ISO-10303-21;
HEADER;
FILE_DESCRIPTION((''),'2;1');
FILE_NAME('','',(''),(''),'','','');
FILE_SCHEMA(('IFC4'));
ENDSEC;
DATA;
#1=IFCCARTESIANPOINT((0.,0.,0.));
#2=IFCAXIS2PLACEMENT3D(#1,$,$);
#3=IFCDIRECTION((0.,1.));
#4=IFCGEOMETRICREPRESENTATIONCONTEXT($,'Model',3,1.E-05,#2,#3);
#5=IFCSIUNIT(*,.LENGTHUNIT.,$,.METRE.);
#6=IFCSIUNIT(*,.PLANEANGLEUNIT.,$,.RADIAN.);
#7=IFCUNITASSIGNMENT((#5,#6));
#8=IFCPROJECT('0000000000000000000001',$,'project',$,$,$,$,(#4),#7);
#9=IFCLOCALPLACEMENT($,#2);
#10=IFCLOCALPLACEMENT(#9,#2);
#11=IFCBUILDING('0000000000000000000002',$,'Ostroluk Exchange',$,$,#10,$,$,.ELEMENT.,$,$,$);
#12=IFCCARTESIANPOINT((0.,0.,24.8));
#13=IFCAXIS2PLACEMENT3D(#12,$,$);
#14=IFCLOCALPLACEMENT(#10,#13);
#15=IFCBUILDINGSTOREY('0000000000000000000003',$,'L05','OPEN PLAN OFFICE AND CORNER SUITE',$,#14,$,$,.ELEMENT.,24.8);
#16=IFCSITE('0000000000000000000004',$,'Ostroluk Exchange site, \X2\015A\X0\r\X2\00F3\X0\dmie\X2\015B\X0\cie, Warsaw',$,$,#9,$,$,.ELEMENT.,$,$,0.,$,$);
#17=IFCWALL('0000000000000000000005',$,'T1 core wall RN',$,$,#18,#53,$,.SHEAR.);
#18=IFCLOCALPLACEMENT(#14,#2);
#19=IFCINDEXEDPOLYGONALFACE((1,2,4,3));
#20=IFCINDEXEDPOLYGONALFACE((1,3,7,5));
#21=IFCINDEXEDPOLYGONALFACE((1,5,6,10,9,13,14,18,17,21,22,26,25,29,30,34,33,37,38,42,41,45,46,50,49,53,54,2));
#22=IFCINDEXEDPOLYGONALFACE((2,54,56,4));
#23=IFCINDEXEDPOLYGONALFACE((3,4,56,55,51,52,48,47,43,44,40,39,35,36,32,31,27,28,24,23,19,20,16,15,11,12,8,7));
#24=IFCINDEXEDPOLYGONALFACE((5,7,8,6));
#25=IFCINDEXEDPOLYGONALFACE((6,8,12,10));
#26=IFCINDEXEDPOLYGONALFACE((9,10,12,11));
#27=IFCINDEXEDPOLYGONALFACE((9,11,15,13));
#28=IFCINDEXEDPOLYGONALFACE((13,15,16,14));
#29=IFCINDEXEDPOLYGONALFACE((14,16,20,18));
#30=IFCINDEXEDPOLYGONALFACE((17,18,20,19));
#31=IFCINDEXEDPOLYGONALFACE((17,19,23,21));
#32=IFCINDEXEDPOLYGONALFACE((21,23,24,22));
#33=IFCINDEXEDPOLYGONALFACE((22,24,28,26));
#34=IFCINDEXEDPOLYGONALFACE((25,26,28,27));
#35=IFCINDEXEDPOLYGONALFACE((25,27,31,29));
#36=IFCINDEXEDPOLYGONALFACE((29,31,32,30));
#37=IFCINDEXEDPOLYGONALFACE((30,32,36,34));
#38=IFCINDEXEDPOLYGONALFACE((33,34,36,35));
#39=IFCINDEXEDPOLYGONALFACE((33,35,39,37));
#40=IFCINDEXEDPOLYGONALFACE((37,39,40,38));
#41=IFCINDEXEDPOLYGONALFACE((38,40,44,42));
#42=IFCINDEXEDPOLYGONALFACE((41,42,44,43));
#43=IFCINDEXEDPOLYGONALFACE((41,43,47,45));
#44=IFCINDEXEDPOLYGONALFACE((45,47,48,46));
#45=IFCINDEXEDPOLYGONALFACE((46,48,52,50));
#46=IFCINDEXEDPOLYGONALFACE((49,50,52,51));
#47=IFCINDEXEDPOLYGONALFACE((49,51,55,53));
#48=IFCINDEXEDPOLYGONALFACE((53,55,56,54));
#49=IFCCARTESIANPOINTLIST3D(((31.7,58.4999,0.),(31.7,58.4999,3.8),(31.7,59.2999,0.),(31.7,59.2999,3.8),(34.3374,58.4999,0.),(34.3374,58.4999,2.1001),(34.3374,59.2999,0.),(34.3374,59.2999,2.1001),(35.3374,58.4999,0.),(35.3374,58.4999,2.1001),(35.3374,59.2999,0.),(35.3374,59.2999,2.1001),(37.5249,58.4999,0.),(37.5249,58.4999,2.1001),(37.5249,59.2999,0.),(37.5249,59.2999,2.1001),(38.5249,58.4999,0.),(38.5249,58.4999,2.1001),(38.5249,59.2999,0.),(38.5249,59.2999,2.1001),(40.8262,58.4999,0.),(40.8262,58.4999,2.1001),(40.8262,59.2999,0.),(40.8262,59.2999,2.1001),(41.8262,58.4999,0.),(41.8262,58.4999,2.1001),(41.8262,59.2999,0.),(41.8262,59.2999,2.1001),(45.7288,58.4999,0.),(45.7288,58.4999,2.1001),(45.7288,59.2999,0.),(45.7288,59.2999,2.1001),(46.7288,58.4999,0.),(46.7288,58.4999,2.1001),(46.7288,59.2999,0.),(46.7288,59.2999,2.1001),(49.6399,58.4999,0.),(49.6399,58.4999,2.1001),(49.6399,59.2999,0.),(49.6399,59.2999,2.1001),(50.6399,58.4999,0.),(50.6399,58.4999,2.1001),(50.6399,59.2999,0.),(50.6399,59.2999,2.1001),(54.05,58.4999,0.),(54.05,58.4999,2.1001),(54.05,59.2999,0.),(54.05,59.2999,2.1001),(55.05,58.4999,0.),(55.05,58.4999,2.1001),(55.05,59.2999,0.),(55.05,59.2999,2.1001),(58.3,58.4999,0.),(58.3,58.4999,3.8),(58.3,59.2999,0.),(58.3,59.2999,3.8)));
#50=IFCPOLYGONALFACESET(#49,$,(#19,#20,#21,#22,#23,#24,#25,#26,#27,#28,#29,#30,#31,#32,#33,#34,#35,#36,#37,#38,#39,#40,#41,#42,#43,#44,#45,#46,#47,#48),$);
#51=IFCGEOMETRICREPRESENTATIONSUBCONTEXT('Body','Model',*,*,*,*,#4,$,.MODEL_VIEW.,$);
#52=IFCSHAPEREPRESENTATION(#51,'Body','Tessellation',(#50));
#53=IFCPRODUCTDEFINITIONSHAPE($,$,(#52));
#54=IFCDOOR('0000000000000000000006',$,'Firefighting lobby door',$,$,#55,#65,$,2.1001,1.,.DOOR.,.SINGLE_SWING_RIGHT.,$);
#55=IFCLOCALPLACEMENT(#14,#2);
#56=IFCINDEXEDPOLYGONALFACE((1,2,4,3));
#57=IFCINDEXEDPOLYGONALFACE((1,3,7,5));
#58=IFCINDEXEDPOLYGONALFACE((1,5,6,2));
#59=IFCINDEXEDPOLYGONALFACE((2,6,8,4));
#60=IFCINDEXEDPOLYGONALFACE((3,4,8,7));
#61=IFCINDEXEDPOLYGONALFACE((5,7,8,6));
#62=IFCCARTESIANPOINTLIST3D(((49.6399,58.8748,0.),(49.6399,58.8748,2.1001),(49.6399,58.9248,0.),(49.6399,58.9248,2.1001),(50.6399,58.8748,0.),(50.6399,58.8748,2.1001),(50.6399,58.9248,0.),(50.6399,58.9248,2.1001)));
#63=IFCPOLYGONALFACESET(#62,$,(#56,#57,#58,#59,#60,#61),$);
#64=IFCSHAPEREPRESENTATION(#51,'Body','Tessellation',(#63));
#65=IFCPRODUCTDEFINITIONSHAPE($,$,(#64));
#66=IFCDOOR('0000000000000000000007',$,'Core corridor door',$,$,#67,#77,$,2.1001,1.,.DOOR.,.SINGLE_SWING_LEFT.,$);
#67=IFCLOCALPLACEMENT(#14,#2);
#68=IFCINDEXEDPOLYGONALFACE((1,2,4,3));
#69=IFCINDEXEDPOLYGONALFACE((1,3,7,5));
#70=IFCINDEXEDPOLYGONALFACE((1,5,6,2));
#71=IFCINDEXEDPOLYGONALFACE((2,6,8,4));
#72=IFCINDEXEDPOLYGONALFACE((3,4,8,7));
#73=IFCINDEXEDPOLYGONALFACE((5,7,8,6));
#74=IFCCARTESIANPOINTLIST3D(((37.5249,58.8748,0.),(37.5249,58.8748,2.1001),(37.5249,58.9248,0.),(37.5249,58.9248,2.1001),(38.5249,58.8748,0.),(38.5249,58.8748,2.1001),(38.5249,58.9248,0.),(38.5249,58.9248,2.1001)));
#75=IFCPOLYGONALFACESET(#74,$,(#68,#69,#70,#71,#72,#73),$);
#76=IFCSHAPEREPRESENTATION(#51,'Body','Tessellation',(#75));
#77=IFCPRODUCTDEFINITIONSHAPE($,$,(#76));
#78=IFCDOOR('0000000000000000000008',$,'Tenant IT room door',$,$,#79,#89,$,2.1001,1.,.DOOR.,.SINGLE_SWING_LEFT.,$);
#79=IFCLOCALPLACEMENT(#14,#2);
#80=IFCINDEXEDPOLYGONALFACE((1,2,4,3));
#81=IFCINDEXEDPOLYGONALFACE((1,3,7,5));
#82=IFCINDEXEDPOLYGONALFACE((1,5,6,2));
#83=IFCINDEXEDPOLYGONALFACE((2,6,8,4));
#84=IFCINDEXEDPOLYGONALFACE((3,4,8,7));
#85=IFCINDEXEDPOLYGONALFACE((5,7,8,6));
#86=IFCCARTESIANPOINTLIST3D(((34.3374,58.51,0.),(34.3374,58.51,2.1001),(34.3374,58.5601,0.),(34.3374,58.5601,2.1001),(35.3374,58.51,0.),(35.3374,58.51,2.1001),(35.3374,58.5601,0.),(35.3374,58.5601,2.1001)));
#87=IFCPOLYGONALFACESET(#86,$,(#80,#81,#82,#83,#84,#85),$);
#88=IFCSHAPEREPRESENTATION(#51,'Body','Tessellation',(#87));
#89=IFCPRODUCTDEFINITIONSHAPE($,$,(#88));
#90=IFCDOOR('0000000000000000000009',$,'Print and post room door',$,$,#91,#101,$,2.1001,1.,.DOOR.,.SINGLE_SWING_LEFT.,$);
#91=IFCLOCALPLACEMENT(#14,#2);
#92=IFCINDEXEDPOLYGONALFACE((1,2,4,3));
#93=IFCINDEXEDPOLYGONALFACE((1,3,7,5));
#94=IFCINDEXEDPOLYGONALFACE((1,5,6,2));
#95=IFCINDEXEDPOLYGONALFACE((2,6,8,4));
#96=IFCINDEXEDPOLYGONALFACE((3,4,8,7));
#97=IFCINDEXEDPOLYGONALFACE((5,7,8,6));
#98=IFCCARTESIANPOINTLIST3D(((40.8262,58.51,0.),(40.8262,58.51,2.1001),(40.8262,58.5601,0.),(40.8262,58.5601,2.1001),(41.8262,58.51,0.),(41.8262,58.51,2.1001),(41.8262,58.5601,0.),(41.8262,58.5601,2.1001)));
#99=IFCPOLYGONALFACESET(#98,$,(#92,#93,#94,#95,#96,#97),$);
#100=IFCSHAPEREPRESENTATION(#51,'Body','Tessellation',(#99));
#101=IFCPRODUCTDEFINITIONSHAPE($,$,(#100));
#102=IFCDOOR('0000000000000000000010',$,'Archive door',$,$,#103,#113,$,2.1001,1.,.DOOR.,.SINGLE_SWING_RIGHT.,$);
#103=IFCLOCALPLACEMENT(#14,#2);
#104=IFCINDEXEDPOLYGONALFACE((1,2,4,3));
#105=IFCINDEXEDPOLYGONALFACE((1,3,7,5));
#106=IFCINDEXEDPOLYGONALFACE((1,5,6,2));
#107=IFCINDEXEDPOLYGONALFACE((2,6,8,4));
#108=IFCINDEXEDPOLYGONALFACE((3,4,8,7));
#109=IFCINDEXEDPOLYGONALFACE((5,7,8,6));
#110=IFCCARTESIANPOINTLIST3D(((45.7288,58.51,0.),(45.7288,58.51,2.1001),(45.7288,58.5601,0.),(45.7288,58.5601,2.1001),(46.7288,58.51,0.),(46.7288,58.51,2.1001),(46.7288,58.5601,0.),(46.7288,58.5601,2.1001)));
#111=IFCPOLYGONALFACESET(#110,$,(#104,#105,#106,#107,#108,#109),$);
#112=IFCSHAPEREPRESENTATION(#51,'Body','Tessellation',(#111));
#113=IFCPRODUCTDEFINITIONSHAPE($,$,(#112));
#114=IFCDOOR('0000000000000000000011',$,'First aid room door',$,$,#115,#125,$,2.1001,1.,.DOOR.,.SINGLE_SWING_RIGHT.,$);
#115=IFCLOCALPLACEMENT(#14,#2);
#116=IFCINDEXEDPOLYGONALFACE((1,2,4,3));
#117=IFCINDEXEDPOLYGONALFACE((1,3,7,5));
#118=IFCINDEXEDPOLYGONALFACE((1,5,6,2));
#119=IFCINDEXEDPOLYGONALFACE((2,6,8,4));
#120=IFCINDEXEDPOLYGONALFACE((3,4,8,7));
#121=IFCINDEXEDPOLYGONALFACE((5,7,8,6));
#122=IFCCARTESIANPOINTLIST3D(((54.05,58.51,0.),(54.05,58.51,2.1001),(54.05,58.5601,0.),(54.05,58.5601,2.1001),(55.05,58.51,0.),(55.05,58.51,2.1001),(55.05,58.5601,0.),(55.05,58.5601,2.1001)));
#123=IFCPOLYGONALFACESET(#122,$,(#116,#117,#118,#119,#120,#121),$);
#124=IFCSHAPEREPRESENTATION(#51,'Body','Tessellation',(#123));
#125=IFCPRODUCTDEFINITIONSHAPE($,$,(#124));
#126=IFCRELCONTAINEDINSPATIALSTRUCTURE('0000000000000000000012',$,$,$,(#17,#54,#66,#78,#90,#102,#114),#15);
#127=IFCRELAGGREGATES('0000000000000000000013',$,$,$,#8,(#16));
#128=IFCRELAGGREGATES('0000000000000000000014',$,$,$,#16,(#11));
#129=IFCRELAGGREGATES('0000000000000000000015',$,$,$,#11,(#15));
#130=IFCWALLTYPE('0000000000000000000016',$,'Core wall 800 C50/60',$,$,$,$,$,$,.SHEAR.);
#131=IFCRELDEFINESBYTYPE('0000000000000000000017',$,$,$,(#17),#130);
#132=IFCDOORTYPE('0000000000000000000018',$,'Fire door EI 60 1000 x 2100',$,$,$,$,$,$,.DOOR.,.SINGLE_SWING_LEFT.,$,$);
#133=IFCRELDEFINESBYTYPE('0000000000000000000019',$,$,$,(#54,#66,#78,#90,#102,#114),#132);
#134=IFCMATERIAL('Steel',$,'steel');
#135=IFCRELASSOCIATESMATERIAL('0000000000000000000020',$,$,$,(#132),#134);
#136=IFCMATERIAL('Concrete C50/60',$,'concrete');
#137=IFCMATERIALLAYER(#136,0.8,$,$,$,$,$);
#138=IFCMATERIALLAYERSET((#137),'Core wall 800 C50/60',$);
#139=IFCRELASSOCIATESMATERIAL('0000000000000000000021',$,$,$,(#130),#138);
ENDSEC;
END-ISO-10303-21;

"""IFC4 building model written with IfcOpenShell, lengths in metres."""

from ifc_helpers import new_model, si_unit, direction, frame, frame_2d, origin, place, context, subcontext, project, spatial, rectangle, extrude, material, layer, layer_set, type_object, element, fill, save


model = new_model("IFC4")

# Units and contexts
model_context = context("Model", 3, precision=1e-05, world=origin(), true_north=direction((0.0, 1.0)))
body_context = subcontext(model_context, "Body", "Model", "MODEL_VIEW")
ifc_project = project(units=[si_unit("LENGTHUNIT", "METRE"), si_unit("PLANEANGLEUNIT", "RADIAN")], contexts=[model_context])

# Site, building, storey
site_placement = place(None, origin())
site = spatial("IfcSite", under=ifc_project, at=site_placement, Name="Ostroluk Exchange site, Śródmieście, Warsaw", CompositionType="ELEMENT", RefElevation=0.0)
building_placement = place(site_placement, origin())
building = spatial("IfcBuilding", under=site, at=building_placement, Name="Ostroluk Exchange", CompositionType="ELEMENT")
storey_placement = place(building_placement, frame((0.0, 0.0, 24.8)))
storey = spatial("IfcBuildingStorey", under=building, at=storey_placement, Name="L05", Description="OPEN PLAN OFFICE AND CORNER SUITE", CompositionType="ELEMENT", Elevation=24.8)

# Wall, openings, doors
ifc_material_1 = material(Name="Steel", Category="steel")
door_type = type_object("IfcDoorType", Name="Fire door EI 60 1000 x 2100", OperationType="SINGLE_SWING_LEFT", PredefinedType="DOOR", material=ifc_material_1)
ifc_material_2 = material(Name="Concrete C50/60", Category="concrete")
ifc_layer_1 = layer(ifc_material_2, 0.8)
ifc_layer_set_1 = layer_set([ifc_layer_1], Name="Core wall 800 C50/60")
wall_type_1 = type_object("IfcWallType", Name="Core wall 800 C50/60", PredefinedType="SHEAR", material=ifc_layer_set_1)
wall_1_placement = place(storey_placement, frame((31.7, 58.8999, 0.0), z_axis=(0.0, 0.0, 1.0), x_axis=(1.0, 0.0, 0.0)))
wall_1 = element("IfcWall", 1, at=wall_1_placement, inside=storey, type_object=wall_type_1, Name="T1 core wall RN", PredefinedType="SHEAR", context=body_context, shape_type="SweptSolid", body=[
    extrude(rectangle(XDim=26.6001, YDim=0.8, at=frame_2d((13.3, 0.0))), origin(), (0.0, 0.0, 1.0), 3.8),
])
opening_1_placement = place(wall_1_placement, frame((17.9399, 0.0, 0.0)))
opening_1 = element("IfcOpeningElement", 2, at=opening_1_placement, cuts=wall_1, PredefinedType="OPENING", context=body_context, shape_type="SweptSolid", body=[
    extrude(rectangle(XDim=1.0, YDim=2.1001, at=frame_2d((0.5, 1.05))), frame((0.0, 0.4099, 0.0), z_axis=(0.0, -1.0, 0.0), x_axis=(1.0, 0.0, 0.0)), (0.0, 0.0, 1.0), 0.8201),
])
opening_2_placement = place(wall_1_placement, frame((5.825, 0.0, 0.0)))
opening_2 = element("IfcOpeningElement", 3, at=opening_2_placement, cuts=wall_1, PredefinedType="OPENING", context=body_context, shape_type="SweptSolid", body=[
    extrude(rectangle(XDim=1.0, YDim=2.1001, at=frame_2d((0.5, 1.05))), frame((0.0, 0.4099, 0.0), z_axis=(0.0, -1.0, 0.0), x_axis=(1.0, 0.0, 0.0)), (0.0, 0.0, 1.0), 0.8201),
])
opening_3_placement = place(wall_1_placement, frame((2.6375, 0.0, 0.0)))
opening_3 = element("IfcOpeningElement", 4, at=opening_3_placement, cuts=wall_1, PredefinedType="OPENING", context=body_context, shape_type="SweptSolid", body=[
    extrude(rectangle(XDim=1.0, YDim=2.1001, at=frame_2d((0.5, 1.05))), frame((0.0, 0.4099, 0.0), z_axis=(0.0, -1.0, 0.0), x_axis=(1.0, 0.0, 0.0)), (0.0, 0.0, 1.0), 0.8201),
])
opening_4_placement = place(wall_1_placement, frame((9.1262, 0.0, 0.0)))
opening_4 = element("IfcOpeningElement", 5, at=opening_4_placement, cuts=wall_1, PredefinedType="OPENING", context=body_context, shape_type="SweptSolid", body=[
    extrude(rectangle(XDim=1.0, YDim=2.1001, at=frame_2d((0.5, 1.05))), frame((0.0, 0.4099, 0.0), z_axis=(0.0, -1.0, 0.0), x_axis=(1.0, 0.0, 0.0)), (0.0, 0.0, 1.0), 0.8201),
])
opening_5_placement = place(wall_1_placement, frame((14.0288, 0.0, 0.0)))
opening_5 = element("IfcOpeningElement", 6, at=opening_5_placement, cuts=wall_1, PredefinedType="OPENING", context=body_context, shape_type="SweptSolid", body=[
    extrude(rectangle(XDim=1.0, YDim=2.1001, at=frame_2d((0.5, 1.05))), frame((0.0, 0.4099, 0.0), z_axis=(0.0, -1.0, 0.0), x_axis=(1.0, 0.0, 0.0)), (0.0, 0.0, 1.0), 0.8201),
])
opening_6_placement = place(wall_1_placement, frame((22.3501, 0.0, 0.0)))
opening_6 = element("IfcOpeningElement", 7, at=opening_6_placement, cuts=wall_1, PredefinedType="OPENING", context=body_context, shape_type="SweptSolid", body=[
    extrude(rectangle(XDim=1.0, YDim=2.1001, at=frame_2d((0.5, 1.05))), frame((0.0, 0.4099, 0.0), z_axis=(0.0, -1.0, 0.0), x_axis=(1.0, 0.0, 0.0)), (0.0, 0.0, 1.0), 0.8201),
])
door_1_placement = place(opening_1_placement, origin())
door_1 = element("IfcDoor", 8, at=door_1_placement, inside=storey, type_object=door_type, Name="Firefighting lobby door", OperationType="SINGLE_SWING_RIGHT", OverallHeight=2.1001, OverallWidth=1.0, PredefinedType="DOOR", context=body_context, shape_type="SweptSolid", body=[
    extrude(rectangle(XDim=1.0, YDim=2.1001, at=frame_2d((0.5, 1.05))), frame((0.0, 0.0249, 0.0), z_axis=(0.0, -1.0, 0.0), x_axis=(1.0, 0.0, 0.0)), (0.0, 0.0, 1.0), 0.05),
])
fill(opening_1, door_1)
door_2_placement = place(opening_2_placement, origin())
door_2 = element("IfcDoor", 9, at=door_2_placement, inside=storey, type_object=door_type, Name="Core corridor door", OperationType="SINGLE_SWING_LEFT", OverallHeight=2.1001, OverallWidth=1.0, PredefinedType="DOOR", context=body_context, shape_type="SweptSolid", body=[
    extrude(rectangle(XDim=1.0, YDim=2.1001, at=frame_2d((0.5, 1.05))), frame((0.0, 0.0249, 0.0), z_axis=(0.0, -1.0, 0.0), x_axis=(1.0, 0.0, 0.0)), (0.0, 0.0, 1.0), 0.05),
])
fill(opening_2, door_2)
door_3_placement = place(opening_3_placement, origin())
door_3 = element("IfcDoor", 10, at=door_3_placement, inside=storey, type_object=door_type, Name="Tenant IT room door", OperationType="SINGLE_SWING_LEFT", OverallHeight=2.1001, OverallWidth=1.0, PredefinedType="DOOR", context=body_context, shape_type="SweptSolid", body=[
    extrude(rectangle(XDim=1.0, YDim=2.1001, at=frame_2d((0.5, 1.05))), frame((0.0, -0.3398, 0.0), z_axis=(0.0, -1.0, 0.0), x_axis=(1.0, 0.0, 0.0)), (0.0, 0.0, 1.0), 0.05),
])
fill(opening_3, door_3)
door_4_placement = place(opening_4_placement, origin())
door_4 = element("IfcDoor", 11, at=door_4_placement, inside=storey, type_object=door_type, Name="Print and post room door", OperationType="SINGLE_SWING_LEFT", OverallHeight=2.1001, OverallWidth=1.0, PredefinedType="DOOR", context=body_context, shape_type="SweptSolid", body=[
    extrude(rectangle(XDim=1.0, YDim=2.1001, at=frame_2d((0.5, 1.05))), frame((0.0, -0.3398, 0.0), z_axis=(0.0, -1.0, 0.0), x_axis=(1.0, 0.0, 0.0)), (0.0, 0.0, 1.0), 0.05),
])
fill(opening_4, door_4)
door_5_placement = place(opening_5_placement, origin())
door_5 = element("IfcDoor", 12, at=door_5_placement, inside=storey, type_object=door_type, Name="Archive door", OperationType="SINGLE_SWING_RIGHT", OverallHeight=2.1001, OverallWidth=1.0, PredefinedType="DOOR", context=body_context, shape_type="SweptSolid", body=[
    extrude(rectangle(XDim=1.0, YDim=2.1001, at=frame_2d((0.5, 1.05))), frame((0.0, -0.3398, 0.0), z_axis=(0.0, -1.0, 0.0), x_axis=(1.0, 0.0, 0.0)), (0.0, 0.0, 1.0), 0.05),
])
fill(opening_5, door_5)
door_6_placement = place(opening_6_placement, origin())
door_6 = element("IfcDoor", 13, at=door_6_placement, inside=storey, type_object=door_type, Name="First aid room door", OperationType="SINGLE_SWING_RIGHT", OverallHeight=2.1001, OverallWidth=1.0, PredefinedType="DOOR", context=body_context, shape_type="SweptSolid", body=[
    extrude(rectangle(XDim=1.0, YDim=2.1001, at=frame_2d((0.5, 1.05))), frame((0.0, -0.3398, 0.0), z_axis=(0.0, -1.0, 0.0), x_axis=(1.0, 0.0, 0.0)), (0.0, 0.0, 1.0), 0.05),
])
fill(opening_6, door_6)

save(model, "model.ifc")
